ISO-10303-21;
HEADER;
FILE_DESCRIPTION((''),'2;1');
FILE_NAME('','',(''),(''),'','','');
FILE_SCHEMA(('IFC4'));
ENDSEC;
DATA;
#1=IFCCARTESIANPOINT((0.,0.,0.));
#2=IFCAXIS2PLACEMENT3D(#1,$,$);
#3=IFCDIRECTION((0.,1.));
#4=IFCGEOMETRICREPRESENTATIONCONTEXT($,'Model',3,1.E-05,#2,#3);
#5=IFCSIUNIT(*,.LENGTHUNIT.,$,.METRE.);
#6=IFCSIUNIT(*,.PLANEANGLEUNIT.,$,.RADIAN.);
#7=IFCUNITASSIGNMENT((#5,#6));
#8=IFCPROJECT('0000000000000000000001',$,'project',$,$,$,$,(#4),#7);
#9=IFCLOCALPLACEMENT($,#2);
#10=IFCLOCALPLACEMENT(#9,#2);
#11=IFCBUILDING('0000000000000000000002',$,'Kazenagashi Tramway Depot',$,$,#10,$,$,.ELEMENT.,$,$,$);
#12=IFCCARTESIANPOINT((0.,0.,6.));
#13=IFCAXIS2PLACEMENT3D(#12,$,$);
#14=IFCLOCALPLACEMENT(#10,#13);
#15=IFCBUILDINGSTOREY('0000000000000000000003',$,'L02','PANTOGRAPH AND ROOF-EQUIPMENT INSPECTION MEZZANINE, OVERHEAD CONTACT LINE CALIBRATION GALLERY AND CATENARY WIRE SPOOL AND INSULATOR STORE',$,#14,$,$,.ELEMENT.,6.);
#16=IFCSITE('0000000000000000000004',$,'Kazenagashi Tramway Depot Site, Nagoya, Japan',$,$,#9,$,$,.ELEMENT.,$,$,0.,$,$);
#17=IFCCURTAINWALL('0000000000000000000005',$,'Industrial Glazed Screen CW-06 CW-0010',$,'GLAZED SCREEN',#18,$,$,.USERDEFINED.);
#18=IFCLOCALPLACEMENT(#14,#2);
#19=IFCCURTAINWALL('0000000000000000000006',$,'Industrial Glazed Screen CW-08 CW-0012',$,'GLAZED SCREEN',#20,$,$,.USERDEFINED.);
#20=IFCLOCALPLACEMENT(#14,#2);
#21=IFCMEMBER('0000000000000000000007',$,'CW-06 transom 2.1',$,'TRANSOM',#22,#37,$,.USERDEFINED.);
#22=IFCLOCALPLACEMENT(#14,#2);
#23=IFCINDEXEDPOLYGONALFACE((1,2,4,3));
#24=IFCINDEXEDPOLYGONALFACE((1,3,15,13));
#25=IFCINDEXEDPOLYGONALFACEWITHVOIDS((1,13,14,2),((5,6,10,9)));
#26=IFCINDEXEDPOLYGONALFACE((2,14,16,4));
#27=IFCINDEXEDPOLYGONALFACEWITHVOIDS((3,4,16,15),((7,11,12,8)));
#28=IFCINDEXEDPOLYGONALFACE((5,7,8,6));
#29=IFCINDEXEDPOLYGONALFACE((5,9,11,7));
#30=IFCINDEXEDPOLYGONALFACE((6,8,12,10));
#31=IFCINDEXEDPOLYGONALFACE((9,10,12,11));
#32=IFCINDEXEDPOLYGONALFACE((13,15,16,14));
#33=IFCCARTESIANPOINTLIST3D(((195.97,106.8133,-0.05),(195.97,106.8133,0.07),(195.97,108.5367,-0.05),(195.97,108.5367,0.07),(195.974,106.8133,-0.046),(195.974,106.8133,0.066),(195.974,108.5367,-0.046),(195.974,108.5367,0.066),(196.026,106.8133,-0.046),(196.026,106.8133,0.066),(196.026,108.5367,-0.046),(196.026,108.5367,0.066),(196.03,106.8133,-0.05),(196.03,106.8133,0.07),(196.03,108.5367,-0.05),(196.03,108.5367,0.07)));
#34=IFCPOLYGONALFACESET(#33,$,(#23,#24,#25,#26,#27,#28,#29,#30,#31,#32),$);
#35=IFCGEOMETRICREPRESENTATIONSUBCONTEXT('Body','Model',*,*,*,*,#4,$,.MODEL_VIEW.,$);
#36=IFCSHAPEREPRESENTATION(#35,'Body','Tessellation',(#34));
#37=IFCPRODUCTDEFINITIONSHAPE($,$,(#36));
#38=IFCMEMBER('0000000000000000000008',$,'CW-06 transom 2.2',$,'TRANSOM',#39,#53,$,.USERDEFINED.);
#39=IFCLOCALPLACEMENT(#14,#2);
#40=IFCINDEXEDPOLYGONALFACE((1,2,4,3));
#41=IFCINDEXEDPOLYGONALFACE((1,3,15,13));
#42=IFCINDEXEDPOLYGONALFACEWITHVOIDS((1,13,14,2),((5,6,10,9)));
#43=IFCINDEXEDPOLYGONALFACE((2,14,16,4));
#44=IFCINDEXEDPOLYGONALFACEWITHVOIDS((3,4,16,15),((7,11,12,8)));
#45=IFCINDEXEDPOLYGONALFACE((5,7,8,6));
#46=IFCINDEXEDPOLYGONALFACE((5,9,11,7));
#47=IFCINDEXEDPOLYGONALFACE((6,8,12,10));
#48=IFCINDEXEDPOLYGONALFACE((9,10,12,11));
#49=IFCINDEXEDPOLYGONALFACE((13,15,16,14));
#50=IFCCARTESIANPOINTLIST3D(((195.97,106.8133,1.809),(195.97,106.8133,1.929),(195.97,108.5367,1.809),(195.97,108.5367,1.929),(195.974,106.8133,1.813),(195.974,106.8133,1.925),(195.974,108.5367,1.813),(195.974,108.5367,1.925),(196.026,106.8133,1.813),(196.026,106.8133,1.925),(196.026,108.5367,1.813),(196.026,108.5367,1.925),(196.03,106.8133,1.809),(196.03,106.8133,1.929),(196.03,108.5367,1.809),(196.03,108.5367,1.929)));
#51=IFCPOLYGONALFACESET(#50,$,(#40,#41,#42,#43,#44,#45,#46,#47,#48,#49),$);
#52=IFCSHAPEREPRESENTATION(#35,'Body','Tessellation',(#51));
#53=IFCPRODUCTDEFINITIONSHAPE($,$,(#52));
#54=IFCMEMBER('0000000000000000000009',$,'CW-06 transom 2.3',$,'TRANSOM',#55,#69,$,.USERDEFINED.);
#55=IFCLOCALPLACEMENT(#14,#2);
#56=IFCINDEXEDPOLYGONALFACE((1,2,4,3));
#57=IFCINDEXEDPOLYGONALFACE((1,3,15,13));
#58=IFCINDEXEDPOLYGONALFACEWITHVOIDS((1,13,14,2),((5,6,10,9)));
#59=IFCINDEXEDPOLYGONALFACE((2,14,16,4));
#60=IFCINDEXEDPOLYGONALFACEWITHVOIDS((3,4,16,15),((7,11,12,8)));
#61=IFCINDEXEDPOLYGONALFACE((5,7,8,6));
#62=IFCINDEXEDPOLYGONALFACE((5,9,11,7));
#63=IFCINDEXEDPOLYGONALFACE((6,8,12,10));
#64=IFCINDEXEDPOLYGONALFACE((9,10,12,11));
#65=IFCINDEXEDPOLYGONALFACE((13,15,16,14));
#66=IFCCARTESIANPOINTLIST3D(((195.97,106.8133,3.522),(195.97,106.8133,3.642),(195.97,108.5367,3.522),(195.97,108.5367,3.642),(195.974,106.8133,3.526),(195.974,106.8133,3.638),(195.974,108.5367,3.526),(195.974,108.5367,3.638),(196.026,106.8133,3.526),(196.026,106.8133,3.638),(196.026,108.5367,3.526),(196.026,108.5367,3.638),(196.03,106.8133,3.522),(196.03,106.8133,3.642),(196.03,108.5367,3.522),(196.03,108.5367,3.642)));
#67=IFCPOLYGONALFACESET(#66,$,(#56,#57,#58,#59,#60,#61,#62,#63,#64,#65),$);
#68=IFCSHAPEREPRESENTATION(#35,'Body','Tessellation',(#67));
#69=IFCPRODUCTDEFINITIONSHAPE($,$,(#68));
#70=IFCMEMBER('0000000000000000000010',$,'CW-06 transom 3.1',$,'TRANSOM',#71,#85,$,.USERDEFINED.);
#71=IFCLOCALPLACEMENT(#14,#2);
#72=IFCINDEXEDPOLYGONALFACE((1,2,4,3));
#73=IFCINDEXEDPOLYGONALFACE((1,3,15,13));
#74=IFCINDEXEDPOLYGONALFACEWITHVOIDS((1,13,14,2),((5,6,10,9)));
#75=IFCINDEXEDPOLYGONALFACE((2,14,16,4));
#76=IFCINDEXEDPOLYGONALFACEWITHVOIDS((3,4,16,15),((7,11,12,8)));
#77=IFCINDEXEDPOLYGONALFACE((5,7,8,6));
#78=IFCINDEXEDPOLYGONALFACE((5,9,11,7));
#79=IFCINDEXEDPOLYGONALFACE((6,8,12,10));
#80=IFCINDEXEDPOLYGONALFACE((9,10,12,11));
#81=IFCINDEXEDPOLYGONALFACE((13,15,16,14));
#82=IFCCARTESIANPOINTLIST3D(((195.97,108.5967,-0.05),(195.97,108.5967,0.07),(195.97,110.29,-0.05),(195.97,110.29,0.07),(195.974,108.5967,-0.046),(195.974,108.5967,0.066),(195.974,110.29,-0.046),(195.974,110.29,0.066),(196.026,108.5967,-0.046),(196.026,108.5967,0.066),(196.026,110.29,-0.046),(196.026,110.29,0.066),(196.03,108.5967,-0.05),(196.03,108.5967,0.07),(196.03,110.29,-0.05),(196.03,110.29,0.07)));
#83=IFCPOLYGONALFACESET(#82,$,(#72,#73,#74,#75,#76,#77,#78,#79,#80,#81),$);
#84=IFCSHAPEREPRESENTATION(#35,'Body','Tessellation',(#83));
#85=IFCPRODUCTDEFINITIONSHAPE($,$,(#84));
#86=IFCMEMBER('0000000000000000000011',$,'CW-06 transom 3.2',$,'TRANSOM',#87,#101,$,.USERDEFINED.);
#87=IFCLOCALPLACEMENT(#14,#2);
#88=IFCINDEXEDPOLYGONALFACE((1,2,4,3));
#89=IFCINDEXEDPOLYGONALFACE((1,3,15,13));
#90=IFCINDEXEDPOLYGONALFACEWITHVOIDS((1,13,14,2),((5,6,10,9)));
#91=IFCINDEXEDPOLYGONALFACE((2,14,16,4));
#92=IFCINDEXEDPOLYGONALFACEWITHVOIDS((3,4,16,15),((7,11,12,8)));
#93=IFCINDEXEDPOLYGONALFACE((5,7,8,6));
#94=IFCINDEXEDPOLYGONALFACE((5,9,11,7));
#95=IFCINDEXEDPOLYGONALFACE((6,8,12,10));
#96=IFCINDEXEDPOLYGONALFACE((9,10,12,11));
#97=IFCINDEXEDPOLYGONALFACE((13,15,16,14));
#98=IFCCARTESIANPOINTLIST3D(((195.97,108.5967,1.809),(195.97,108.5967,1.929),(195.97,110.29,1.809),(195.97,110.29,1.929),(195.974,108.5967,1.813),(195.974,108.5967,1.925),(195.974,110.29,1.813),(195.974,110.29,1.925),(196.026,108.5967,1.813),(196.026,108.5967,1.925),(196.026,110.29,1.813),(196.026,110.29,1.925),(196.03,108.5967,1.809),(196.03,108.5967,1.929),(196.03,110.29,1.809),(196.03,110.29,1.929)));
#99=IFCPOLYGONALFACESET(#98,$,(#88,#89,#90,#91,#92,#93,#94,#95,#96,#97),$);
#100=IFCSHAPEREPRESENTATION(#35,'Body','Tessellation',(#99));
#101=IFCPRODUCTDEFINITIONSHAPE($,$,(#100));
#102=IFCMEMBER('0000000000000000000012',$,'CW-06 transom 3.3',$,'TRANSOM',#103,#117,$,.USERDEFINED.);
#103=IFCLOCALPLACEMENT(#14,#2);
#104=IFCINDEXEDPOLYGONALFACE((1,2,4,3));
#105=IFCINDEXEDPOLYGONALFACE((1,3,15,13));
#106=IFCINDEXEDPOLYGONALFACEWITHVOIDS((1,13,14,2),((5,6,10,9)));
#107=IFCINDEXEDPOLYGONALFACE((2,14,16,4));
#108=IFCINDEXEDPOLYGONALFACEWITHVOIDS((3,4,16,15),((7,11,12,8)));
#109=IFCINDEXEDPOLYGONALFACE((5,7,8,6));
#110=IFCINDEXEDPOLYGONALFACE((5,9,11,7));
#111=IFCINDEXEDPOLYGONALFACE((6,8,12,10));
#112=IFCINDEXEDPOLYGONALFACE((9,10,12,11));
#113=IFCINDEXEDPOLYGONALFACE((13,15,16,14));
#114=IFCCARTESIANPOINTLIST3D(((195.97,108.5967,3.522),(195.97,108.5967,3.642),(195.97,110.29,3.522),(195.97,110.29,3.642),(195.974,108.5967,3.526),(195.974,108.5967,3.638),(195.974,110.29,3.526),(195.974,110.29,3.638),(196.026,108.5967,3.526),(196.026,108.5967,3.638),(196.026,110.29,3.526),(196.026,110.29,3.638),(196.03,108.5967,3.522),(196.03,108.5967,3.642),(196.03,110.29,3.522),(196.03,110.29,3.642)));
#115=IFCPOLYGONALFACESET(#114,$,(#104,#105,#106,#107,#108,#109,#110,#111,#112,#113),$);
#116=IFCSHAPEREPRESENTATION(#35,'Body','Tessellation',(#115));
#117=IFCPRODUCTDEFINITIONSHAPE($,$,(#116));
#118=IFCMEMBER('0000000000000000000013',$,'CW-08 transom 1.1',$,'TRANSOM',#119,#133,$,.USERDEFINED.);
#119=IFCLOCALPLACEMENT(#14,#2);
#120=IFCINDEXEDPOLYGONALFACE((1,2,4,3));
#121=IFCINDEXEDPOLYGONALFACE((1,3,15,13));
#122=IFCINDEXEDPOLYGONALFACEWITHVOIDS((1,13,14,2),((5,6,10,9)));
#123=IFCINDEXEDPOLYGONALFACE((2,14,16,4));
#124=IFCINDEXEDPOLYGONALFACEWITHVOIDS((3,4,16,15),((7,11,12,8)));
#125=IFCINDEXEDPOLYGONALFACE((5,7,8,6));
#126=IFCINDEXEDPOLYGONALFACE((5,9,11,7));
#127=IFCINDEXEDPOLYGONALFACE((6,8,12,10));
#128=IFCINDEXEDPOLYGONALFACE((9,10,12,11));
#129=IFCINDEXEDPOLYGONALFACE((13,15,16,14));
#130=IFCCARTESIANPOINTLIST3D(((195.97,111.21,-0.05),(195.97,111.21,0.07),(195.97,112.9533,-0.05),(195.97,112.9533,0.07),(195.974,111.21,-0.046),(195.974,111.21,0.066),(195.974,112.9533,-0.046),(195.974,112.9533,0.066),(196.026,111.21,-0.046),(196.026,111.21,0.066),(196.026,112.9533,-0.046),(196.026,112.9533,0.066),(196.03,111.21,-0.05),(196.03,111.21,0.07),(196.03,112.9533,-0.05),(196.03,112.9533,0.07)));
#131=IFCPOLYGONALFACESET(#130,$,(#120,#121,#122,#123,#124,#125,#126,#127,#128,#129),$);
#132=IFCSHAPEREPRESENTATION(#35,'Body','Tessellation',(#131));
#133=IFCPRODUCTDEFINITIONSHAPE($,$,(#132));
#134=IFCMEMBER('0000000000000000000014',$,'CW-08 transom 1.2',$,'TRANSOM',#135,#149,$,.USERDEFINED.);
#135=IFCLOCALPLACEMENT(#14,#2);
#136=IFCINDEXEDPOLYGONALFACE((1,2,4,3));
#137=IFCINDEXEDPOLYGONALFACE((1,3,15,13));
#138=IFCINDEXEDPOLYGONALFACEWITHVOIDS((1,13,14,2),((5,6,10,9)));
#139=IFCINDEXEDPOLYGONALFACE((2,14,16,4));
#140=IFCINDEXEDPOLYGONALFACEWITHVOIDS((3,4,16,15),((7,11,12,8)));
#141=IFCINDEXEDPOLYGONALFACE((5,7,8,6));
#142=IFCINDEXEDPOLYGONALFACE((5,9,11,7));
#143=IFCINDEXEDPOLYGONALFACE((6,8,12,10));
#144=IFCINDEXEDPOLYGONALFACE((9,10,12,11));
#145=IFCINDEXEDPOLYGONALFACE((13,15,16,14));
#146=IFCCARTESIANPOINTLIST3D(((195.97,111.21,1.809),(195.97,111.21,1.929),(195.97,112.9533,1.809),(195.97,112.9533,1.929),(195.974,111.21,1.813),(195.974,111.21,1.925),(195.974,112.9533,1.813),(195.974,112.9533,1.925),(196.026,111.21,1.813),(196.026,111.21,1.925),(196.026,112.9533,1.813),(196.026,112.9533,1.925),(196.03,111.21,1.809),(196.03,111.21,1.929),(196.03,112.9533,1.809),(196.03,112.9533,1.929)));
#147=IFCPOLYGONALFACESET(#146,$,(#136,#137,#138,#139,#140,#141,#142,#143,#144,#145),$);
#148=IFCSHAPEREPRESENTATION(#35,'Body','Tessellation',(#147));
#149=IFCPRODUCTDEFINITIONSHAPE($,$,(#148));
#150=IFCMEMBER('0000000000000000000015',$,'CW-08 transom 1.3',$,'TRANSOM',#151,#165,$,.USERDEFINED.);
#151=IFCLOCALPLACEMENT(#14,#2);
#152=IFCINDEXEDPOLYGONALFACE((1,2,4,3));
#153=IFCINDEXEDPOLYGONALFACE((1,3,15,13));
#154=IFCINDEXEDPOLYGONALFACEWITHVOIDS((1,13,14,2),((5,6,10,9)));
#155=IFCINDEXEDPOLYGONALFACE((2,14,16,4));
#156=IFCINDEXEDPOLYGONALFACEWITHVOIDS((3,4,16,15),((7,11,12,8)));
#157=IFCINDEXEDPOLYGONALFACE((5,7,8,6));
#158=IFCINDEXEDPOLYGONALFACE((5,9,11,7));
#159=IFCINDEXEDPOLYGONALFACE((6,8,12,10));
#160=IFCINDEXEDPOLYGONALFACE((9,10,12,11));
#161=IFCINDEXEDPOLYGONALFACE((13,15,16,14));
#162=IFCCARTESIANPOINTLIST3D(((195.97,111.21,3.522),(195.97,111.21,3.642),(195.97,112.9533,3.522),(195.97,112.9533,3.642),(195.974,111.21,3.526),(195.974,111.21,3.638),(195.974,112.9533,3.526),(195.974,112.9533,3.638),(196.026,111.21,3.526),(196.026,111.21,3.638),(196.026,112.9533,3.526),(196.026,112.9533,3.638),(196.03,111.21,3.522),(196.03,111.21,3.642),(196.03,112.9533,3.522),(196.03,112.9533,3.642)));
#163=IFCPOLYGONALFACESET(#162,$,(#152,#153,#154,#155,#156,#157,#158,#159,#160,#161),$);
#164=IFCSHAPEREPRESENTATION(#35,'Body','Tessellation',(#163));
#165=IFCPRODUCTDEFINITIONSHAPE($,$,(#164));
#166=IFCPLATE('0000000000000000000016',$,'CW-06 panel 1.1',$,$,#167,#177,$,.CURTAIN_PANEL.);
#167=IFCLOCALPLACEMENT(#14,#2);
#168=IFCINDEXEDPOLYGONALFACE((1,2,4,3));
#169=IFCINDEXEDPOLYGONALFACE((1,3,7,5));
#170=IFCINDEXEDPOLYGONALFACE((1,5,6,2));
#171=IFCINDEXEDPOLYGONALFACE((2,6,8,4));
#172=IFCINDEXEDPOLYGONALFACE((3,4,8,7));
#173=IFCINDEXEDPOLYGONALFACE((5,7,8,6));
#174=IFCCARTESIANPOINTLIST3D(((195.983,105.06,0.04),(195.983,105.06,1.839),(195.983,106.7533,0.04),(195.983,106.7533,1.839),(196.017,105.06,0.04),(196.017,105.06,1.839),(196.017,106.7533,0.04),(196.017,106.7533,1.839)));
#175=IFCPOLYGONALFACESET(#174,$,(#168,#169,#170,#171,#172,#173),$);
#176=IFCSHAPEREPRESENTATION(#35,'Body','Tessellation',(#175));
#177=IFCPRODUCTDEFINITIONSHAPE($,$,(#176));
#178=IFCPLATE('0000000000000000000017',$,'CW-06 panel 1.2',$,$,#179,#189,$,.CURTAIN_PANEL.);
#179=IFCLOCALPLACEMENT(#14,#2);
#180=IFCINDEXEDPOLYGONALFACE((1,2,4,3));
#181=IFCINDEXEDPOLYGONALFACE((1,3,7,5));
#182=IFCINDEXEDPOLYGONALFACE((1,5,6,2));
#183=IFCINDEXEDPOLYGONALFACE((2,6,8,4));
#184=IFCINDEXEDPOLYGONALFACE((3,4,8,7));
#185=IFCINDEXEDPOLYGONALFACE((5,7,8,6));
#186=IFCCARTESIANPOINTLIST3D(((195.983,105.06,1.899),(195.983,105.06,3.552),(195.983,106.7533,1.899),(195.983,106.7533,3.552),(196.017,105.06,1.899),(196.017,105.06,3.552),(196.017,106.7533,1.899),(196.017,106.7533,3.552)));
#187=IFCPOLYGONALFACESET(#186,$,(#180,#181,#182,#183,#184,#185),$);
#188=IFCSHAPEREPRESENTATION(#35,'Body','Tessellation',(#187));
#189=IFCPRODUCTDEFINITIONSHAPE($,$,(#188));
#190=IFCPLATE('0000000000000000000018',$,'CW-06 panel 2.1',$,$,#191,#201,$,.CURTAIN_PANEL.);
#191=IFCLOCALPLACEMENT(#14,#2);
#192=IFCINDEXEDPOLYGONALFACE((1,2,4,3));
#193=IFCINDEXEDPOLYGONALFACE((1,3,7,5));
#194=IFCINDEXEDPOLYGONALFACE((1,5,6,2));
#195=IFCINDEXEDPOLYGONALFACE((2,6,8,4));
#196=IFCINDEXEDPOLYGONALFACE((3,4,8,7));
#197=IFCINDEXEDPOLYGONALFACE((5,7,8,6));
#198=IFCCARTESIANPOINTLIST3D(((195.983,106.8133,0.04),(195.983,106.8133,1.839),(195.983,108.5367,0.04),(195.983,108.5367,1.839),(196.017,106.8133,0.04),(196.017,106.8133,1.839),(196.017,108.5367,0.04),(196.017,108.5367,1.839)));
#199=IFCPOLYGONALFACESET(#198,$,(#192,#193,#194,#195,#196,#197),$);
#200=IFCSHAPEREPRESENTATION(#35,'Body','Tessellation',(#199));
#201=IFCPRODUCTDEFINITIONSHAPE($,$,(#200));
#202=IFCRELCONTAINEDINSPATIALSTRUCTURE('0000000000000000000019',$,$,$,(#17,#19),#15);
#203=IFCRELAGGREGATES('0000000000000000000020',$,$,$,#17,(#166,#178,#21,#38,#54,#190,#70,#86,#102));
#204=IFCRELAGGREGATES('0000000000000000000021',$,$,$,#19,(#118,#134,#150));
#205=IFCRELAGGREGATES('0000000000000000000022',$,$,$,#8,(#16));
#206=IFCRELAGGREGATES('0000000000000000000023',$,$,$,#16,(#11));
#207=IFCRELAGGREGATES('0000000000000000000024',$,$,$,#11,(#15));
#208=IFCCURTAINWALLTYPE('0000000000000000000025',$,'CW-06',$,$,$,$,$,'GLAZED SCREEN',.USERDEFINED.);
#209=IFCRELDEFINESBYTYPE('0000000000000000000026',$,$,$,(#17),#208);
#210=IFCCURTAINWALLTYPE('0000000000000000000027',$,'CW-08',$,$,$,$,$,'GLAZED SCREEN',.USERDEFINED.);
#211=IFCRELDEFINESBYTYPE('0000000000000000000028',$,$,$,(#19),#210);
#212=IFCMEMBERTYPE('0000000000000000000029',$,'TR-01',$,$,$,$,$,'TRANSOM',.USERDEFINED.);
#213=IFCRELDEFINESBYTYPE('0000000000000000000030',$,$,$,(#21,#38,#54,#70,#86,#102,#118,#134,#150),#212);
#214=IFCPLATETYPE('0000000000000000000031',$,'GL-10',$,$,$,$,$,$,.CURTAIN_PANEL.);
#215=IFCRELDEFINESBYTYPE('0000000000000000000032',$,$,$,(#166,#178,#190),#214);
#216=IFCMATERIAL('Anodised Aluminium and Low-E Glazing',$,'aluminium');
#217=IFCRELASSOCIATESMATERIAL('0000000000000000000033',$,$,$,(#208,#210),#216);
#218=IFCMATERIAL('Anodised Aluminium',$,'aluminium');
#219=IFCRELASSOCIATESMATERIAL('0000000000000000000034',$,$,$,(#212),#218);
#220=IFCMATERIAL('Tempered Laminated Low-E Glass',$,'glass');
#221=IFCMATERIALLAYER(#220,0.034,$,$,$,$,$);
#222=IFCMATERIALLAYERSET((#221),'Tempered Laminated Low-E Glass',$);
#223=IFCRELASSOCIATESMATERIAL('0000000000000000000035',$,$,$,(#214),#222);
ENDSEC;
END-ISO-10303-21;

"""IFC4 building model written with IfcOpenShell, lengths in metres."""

from ifc_helpers import new_model, si_unit, direction, frame, origin, origin_2d, place, context, subcontext, project, spatial, rectangle, hollow_rectangle, extrude, material, layer, layer_set, material_profile, profile_set, type_object, element, aggregate, save


model = new_model("IFC4")

# Units and contexts
model_context = context("Model", 3, precision=1e-05, world=origin(), true_north=direction((0.0, 1.0)))
body_context = subcontext(model_context, "Body", "Model", "MODEL_VIEW")
ifc_project = project(units=[si_unit("LENGTHUNIT", "METRE"), si_unit("PLANEANGLEUNIT", "RADIAN")], contexts=[model_context])

# Site, building, storey
site_placement = place(None, origin())
site = spatial("IfcSite", under=ifc_project, at=site_placement, Name="Kazenagashi Tramway Depot Site, Nagoya, Japan", CompositionType="ELEMENT", RefElevation=0.0)
building_placement = place(site_placement, origin())
building = spatial("IfcBuilding", under=site, at=building_placement, Name="Kazenagashi Tramway Depot", CompositionType="ELEMENT")
storey_placement = place(building_placement, frame((0.0, 0.0, 6.0)))
storey = spatial("IfcBuildingStorey", under=building, at=storey_placement, Name="L02", Description="PANTOGRAPH AND ROOF-EQUIPMENT INSPECTION MEZZANINE, OVERHEAD CONTACT LINE CALIBRATION GALLERY AND CATENARY WIRE SPOOL AND INSULATOR STORE", CompositionType="ELEMENT", Elevation=6.0)

# Curtain walls
ifc_material_1 = material(Name="Anodised Aluminium and Low-E Glazing", Category="aluminium")
curtain_wall_type_1 = type_object("IfcCurtainWallType", Name="CW-06", ElementType="GLAZED SCREEN", PredefinedType="USERDEFINED", material=ifc_material_1)
curtain_wall_1_placement = place(storey_placement, origin())
curtain_wall_1 = element("IfcCurtainWall", 1, at=curtain_wall_1_placement, inside=storey, type_object=curtain_wall_type_1, Name="Industrial Glazed Screen CW-06 CW-0010", ObjectType="GLAZED SCREEN", PredefinedType="USERDEFINED")
ifc_material_2 = material(Name="Anodised Aluminium", Category="aluminium")
curtain_wall_type_2 = type_object("IfcCurtainWallType", Name="CW-08", ElementType="GLAZED SCREEN", PredefinedType="USERDEFINED", material=ifc_material_1)
curtain_wall_2_placement = place(storey_placement, origin())
curtain_wall_2 = element("IfcCurtainWall", 2, at=curtain_wall_2_placement, inside=storey, type_object=curtain_wall_type_2, Name="Industrial Glazed Screen CW-08 CW-0012", ObjectType="GLAZED SCREEN", PredefinedType="USERDEFINED")

# Members
ifc_material_profile_1 = material_profile(ifc_material_2, hollow_rectangle(XDim=0.06, YDim=0.12, WallThickness=0.004, at=origin_2d()), Name="RHS-120x60x4")
ifc_profile_set_1 = profile_set([ifc_material_profile_1], Name="Anodised Aluminium")
member_type_1 = type_object("IfcMemberType", Name="TR-01", ElementType="TRANSOM", PredefinedType="USERDEFINED", material=ifc_profile_set_1)
member_1_placement = place(storey_placement, frame((196.0, 106.8133, 0.01), z_axis=(0.0, 1.0, 0.0), x_axis=(-1.0, 0.0, 0.0)))
member_1 = element("IfcMember", 3, at=member_1_placement, type_object=member_type_1, Name="CW-06 transom 2.1", ObjectType="TRANSOM", PredefinedType="USERDEFINED", context=body_context, shape_type="SweptSolid", body=[
    extrude(hollow_rectangle(XDim=0.06, YDim=0.12, WallThickness=0.004, at=origin_2d()), origin(), (0.0, 0.0, 1.0), 1.7233),
])
member_2_placement = place(storey_placement, frame((196.0, 106.8133, 1.869), z_axis=(0.0, 1.0, 0.0), x_axis=(-1.0, 0.0, 0.0)))
member_2 = element("IfcMember", 4, at=member_2_placement, type_object=member_type_1, Name="CW-06 transom 2.2", ObjectType="TRANSOM", PredefinedType="USERDEFINED", context=body_context, shape_type="SweptSolid", body=[
    extrude(hollow_rectangle(XDim=0.06, YDim=0.12, WallThickness=0.004, at=origin_2d()), origin(), (0.0, 0.0, 1.0), 1.7233),
])
member_3_placement = place(storey_placement, frame((196.0, 106.8133, 3.582), z_axis=(0.0, 1.0, 0.0), x_axis=(-1.0, 0.0, 0.0)))
member_3 = element("IfcMember", 5, at=member_3_placement, type_object=member_type_1, Name="CW-06 transom 2.3", ObjectType="TRANSOM", PredefinedType="USERDEFINED", context=body_context, shape_type="SweptSolid", body=[
    extrude(hollow_rectangle(XDim=0.06, YDim=0.12, WallThickness=0.004, at=origin_2d()), origin(), (0.0, 0.0, 1.0), 1.7233),
])
member_4_placement = place(storey_placement, frame((196.0, 108.5967, 0.01), z_axis=(0.0, 1.0, 0.0), x_axis=(-1.0, 0.0, 0.0)))
member_4 = element("IfcMember", 6, at=member_4_placement, type_object=member_type_1, Name="CW-06 transom 3.1", ObjectType="TRANSOM", PredefinedType="USERDEFINED", context=body_context, shape_type="SweptSolid", body=[
    extrude(hollow_rectangle(XDim=0.06, YDim=0.12, WallThickness=0.004, at=origin_2d()), origin(), (0.0, 0.0, 1.0), 1.6933),
])
member_5_placement = place(storey_placement, frame((196.0, 108.5967, 1.869), z_axis=(0.0, 1.0, 0.0), x_axis=(-1.0, 0.0, 0.0)))
member_5 = element("IfcMember", 7, at=member_5_placement, type_object=member_type_1, Name="CW-06 transom 3.2", ObjectType="TRANSOM", PredefinedType="USERDEFINED", context=body_context, shape_type="SweptSolid", body=[
    extrude(hollow_rectangle(XDim=0.06, YDim=0.12, WallThickness=0.004, at=origin_2d()), origin(), (0.0, 0.0, 1.0), 1.6933),
])
member_6_placement = place(storey_placement, frame((196.0, 108.5967, 3.582), z_axis=(0.0, 1.0, 0.0), x_axis=(-1.0, 0.0, 0.0)))
member_6 = element("IfcMember", 8, at=member_6_placement, type_object=member_type_1, Name="CW-06 transom 3.3", ObjectType="TRANSOM", PredefinedType="USERDEFINED", context=body_context, shape_type="SweptSolid", body=[
    extrude(hollow_rectangle(XDim=0.06, YDim=0.12, WallThickness=0.004, at=origin_2d()), origin(), (0.0, 0.0, 1.0), 1.6933),
])
member_7_placement = place(storey_placement, frame((196.0, 111.21, 0.01), z_axis=(0.0, 1.0, 0.0), x_axis=(-1.0, 0.0, 0.0)))
member_7 = element("IfcMember", 9, at=member_7_placement, type_object=member_type_1, Name="CW-08 transom 1.1", ObjectType="TRANSOM", PredefinedType="USERDEFINED", context=body_context, shape_type="SweptSolid", body=[
    extrude(hollow_rectangle(XDim=0.06, YDim=0.12, WallThickness=0.004, at=origin_2d()), origin(), (0.0, 0.0, 1.0), 1.7433),
])
member_8_placement = place(storey_placement, frame((196.0, 111.21, 1.869), z_axis=(0.0, 1.0, 0.0), x_axis=(-1.0, 0.0, 0.0)))
member_8 = element("IfcMember", 10, at=member_8_placement, type_object=member_type_1, Name="CW-08 transom 1.2", ObjectType="TRANSOM", PredefinedType="USERDEFINED", context=body_context, shape_type="SweptSolid", body=[
    extrude(hollow_rectangle(XDim=0.06, YDim=0.12, WallThickness=0.004, at=origin_2d()), origin(), (0.0, 0.0, 1.0), 1.7433),
])
member_9_placement = place(storey_placement, frame((196.0, 111.21, 3.582), z_axis=(0.0, 1.0, 0.0), x_axis=(-1.0, 0.0, 0.0)))
member_9 = element("IfcMember", 11, at=member_9_placement, type_object=member_type_1, Name="CW-08 transom 1.3", ObjectType="TRANSOM", PredefinedType="USERDEFINED", context=body_context, shape_type="SweptSolid", body=[
    extrude(hollow_rectangle(XDim=0.06, YDim=0.12, WallThickness=0.004, at=origin_2d()), origin(), (0.0, 0.0, 1.0), 1.7433),
])

# Plates
ifc_material_3 = material(Name="Tempered Laminated Low-E Glass", Category="glass")
ifc_layer_1 = layer(ifc_material_3, 0.034)
ifc_layer_set_1 = layer_set([ifc_layer_1], Name="Tempered Laminated Low-E Glass")
plate_type_1 = type_object("IfcPlateType", Name="GL-10", PredefinedType="CURTAIN_PANEL", material=ifc_layer_set_1)
plate_1_placement = place(storey_placement, frame((196.0, 105.9067, 0.04), z_axis=(0.0, 0.0, 1.0), x_axis=(0.0, 1.0, 0.0)))
plate_1 = element("IfcPlate", 12, at=plate_1_placement, type_object=plate_type_1, Name="CW-06 panel 1.1", PredefinedType="CURTAIN_PANEL", context=body_context, shape_type="SweptSolid", body=[
    extrude(rectangle(XDim=1.6933, YDim=0.034, at=origin_2d()), origin(), (0.0, 0.0, 1.0), 1.799),
])
plate_2_placement = place(storey_placement, frame((196.0, 105.9067, 1.899), z_axis=(0.0, 0.0, 1.0), x_axis=(0.0, 1.0, 0.0)))
plate_2 = element("IfcPlate", 13, at=plate_2_placement, type_object=plate_type_1, Name="CW-06 panel 1.2", PredefinedType="CURTAIN_PANEL", context=body_context, shape_type="SweptSolid", body=[
    extrude(rectangle(XDim=1.6933, YDim=0.034, at=origin_2d()), origin(), (0.0, 0.0, 1.0), 1.653),
])
plate_3_placement = place(storey_placement, frame((196.0, 107.675, 0.04), z_axis=(0.0, 0.0, 1.0), x_axis=(0.0, 1.0, 0.0)))
plate_3 = element("IfcPlate", 14, at=plate_3_placement, type_object=plate_type_1, Name="CW-06 panel 2.1", PredefinedType="CURTAIN_PANEL", context=body_context, shape_type="SweptSolid", body=[
    extrude(rectangle(XDim=1.7233, YDim=0.034, at=origin_2d()), origin(), (0.0, 0.0, 1.0), 1.799),
])
aggregate(curtain_wall_1, [plate_1, plate_2, member_1, member_2, member_3, plate_3, member_4, member_5, member_6])
aggregate(curtain_wall_2, [member_7, member_8, member_9])

save(model, "model.ifc")
